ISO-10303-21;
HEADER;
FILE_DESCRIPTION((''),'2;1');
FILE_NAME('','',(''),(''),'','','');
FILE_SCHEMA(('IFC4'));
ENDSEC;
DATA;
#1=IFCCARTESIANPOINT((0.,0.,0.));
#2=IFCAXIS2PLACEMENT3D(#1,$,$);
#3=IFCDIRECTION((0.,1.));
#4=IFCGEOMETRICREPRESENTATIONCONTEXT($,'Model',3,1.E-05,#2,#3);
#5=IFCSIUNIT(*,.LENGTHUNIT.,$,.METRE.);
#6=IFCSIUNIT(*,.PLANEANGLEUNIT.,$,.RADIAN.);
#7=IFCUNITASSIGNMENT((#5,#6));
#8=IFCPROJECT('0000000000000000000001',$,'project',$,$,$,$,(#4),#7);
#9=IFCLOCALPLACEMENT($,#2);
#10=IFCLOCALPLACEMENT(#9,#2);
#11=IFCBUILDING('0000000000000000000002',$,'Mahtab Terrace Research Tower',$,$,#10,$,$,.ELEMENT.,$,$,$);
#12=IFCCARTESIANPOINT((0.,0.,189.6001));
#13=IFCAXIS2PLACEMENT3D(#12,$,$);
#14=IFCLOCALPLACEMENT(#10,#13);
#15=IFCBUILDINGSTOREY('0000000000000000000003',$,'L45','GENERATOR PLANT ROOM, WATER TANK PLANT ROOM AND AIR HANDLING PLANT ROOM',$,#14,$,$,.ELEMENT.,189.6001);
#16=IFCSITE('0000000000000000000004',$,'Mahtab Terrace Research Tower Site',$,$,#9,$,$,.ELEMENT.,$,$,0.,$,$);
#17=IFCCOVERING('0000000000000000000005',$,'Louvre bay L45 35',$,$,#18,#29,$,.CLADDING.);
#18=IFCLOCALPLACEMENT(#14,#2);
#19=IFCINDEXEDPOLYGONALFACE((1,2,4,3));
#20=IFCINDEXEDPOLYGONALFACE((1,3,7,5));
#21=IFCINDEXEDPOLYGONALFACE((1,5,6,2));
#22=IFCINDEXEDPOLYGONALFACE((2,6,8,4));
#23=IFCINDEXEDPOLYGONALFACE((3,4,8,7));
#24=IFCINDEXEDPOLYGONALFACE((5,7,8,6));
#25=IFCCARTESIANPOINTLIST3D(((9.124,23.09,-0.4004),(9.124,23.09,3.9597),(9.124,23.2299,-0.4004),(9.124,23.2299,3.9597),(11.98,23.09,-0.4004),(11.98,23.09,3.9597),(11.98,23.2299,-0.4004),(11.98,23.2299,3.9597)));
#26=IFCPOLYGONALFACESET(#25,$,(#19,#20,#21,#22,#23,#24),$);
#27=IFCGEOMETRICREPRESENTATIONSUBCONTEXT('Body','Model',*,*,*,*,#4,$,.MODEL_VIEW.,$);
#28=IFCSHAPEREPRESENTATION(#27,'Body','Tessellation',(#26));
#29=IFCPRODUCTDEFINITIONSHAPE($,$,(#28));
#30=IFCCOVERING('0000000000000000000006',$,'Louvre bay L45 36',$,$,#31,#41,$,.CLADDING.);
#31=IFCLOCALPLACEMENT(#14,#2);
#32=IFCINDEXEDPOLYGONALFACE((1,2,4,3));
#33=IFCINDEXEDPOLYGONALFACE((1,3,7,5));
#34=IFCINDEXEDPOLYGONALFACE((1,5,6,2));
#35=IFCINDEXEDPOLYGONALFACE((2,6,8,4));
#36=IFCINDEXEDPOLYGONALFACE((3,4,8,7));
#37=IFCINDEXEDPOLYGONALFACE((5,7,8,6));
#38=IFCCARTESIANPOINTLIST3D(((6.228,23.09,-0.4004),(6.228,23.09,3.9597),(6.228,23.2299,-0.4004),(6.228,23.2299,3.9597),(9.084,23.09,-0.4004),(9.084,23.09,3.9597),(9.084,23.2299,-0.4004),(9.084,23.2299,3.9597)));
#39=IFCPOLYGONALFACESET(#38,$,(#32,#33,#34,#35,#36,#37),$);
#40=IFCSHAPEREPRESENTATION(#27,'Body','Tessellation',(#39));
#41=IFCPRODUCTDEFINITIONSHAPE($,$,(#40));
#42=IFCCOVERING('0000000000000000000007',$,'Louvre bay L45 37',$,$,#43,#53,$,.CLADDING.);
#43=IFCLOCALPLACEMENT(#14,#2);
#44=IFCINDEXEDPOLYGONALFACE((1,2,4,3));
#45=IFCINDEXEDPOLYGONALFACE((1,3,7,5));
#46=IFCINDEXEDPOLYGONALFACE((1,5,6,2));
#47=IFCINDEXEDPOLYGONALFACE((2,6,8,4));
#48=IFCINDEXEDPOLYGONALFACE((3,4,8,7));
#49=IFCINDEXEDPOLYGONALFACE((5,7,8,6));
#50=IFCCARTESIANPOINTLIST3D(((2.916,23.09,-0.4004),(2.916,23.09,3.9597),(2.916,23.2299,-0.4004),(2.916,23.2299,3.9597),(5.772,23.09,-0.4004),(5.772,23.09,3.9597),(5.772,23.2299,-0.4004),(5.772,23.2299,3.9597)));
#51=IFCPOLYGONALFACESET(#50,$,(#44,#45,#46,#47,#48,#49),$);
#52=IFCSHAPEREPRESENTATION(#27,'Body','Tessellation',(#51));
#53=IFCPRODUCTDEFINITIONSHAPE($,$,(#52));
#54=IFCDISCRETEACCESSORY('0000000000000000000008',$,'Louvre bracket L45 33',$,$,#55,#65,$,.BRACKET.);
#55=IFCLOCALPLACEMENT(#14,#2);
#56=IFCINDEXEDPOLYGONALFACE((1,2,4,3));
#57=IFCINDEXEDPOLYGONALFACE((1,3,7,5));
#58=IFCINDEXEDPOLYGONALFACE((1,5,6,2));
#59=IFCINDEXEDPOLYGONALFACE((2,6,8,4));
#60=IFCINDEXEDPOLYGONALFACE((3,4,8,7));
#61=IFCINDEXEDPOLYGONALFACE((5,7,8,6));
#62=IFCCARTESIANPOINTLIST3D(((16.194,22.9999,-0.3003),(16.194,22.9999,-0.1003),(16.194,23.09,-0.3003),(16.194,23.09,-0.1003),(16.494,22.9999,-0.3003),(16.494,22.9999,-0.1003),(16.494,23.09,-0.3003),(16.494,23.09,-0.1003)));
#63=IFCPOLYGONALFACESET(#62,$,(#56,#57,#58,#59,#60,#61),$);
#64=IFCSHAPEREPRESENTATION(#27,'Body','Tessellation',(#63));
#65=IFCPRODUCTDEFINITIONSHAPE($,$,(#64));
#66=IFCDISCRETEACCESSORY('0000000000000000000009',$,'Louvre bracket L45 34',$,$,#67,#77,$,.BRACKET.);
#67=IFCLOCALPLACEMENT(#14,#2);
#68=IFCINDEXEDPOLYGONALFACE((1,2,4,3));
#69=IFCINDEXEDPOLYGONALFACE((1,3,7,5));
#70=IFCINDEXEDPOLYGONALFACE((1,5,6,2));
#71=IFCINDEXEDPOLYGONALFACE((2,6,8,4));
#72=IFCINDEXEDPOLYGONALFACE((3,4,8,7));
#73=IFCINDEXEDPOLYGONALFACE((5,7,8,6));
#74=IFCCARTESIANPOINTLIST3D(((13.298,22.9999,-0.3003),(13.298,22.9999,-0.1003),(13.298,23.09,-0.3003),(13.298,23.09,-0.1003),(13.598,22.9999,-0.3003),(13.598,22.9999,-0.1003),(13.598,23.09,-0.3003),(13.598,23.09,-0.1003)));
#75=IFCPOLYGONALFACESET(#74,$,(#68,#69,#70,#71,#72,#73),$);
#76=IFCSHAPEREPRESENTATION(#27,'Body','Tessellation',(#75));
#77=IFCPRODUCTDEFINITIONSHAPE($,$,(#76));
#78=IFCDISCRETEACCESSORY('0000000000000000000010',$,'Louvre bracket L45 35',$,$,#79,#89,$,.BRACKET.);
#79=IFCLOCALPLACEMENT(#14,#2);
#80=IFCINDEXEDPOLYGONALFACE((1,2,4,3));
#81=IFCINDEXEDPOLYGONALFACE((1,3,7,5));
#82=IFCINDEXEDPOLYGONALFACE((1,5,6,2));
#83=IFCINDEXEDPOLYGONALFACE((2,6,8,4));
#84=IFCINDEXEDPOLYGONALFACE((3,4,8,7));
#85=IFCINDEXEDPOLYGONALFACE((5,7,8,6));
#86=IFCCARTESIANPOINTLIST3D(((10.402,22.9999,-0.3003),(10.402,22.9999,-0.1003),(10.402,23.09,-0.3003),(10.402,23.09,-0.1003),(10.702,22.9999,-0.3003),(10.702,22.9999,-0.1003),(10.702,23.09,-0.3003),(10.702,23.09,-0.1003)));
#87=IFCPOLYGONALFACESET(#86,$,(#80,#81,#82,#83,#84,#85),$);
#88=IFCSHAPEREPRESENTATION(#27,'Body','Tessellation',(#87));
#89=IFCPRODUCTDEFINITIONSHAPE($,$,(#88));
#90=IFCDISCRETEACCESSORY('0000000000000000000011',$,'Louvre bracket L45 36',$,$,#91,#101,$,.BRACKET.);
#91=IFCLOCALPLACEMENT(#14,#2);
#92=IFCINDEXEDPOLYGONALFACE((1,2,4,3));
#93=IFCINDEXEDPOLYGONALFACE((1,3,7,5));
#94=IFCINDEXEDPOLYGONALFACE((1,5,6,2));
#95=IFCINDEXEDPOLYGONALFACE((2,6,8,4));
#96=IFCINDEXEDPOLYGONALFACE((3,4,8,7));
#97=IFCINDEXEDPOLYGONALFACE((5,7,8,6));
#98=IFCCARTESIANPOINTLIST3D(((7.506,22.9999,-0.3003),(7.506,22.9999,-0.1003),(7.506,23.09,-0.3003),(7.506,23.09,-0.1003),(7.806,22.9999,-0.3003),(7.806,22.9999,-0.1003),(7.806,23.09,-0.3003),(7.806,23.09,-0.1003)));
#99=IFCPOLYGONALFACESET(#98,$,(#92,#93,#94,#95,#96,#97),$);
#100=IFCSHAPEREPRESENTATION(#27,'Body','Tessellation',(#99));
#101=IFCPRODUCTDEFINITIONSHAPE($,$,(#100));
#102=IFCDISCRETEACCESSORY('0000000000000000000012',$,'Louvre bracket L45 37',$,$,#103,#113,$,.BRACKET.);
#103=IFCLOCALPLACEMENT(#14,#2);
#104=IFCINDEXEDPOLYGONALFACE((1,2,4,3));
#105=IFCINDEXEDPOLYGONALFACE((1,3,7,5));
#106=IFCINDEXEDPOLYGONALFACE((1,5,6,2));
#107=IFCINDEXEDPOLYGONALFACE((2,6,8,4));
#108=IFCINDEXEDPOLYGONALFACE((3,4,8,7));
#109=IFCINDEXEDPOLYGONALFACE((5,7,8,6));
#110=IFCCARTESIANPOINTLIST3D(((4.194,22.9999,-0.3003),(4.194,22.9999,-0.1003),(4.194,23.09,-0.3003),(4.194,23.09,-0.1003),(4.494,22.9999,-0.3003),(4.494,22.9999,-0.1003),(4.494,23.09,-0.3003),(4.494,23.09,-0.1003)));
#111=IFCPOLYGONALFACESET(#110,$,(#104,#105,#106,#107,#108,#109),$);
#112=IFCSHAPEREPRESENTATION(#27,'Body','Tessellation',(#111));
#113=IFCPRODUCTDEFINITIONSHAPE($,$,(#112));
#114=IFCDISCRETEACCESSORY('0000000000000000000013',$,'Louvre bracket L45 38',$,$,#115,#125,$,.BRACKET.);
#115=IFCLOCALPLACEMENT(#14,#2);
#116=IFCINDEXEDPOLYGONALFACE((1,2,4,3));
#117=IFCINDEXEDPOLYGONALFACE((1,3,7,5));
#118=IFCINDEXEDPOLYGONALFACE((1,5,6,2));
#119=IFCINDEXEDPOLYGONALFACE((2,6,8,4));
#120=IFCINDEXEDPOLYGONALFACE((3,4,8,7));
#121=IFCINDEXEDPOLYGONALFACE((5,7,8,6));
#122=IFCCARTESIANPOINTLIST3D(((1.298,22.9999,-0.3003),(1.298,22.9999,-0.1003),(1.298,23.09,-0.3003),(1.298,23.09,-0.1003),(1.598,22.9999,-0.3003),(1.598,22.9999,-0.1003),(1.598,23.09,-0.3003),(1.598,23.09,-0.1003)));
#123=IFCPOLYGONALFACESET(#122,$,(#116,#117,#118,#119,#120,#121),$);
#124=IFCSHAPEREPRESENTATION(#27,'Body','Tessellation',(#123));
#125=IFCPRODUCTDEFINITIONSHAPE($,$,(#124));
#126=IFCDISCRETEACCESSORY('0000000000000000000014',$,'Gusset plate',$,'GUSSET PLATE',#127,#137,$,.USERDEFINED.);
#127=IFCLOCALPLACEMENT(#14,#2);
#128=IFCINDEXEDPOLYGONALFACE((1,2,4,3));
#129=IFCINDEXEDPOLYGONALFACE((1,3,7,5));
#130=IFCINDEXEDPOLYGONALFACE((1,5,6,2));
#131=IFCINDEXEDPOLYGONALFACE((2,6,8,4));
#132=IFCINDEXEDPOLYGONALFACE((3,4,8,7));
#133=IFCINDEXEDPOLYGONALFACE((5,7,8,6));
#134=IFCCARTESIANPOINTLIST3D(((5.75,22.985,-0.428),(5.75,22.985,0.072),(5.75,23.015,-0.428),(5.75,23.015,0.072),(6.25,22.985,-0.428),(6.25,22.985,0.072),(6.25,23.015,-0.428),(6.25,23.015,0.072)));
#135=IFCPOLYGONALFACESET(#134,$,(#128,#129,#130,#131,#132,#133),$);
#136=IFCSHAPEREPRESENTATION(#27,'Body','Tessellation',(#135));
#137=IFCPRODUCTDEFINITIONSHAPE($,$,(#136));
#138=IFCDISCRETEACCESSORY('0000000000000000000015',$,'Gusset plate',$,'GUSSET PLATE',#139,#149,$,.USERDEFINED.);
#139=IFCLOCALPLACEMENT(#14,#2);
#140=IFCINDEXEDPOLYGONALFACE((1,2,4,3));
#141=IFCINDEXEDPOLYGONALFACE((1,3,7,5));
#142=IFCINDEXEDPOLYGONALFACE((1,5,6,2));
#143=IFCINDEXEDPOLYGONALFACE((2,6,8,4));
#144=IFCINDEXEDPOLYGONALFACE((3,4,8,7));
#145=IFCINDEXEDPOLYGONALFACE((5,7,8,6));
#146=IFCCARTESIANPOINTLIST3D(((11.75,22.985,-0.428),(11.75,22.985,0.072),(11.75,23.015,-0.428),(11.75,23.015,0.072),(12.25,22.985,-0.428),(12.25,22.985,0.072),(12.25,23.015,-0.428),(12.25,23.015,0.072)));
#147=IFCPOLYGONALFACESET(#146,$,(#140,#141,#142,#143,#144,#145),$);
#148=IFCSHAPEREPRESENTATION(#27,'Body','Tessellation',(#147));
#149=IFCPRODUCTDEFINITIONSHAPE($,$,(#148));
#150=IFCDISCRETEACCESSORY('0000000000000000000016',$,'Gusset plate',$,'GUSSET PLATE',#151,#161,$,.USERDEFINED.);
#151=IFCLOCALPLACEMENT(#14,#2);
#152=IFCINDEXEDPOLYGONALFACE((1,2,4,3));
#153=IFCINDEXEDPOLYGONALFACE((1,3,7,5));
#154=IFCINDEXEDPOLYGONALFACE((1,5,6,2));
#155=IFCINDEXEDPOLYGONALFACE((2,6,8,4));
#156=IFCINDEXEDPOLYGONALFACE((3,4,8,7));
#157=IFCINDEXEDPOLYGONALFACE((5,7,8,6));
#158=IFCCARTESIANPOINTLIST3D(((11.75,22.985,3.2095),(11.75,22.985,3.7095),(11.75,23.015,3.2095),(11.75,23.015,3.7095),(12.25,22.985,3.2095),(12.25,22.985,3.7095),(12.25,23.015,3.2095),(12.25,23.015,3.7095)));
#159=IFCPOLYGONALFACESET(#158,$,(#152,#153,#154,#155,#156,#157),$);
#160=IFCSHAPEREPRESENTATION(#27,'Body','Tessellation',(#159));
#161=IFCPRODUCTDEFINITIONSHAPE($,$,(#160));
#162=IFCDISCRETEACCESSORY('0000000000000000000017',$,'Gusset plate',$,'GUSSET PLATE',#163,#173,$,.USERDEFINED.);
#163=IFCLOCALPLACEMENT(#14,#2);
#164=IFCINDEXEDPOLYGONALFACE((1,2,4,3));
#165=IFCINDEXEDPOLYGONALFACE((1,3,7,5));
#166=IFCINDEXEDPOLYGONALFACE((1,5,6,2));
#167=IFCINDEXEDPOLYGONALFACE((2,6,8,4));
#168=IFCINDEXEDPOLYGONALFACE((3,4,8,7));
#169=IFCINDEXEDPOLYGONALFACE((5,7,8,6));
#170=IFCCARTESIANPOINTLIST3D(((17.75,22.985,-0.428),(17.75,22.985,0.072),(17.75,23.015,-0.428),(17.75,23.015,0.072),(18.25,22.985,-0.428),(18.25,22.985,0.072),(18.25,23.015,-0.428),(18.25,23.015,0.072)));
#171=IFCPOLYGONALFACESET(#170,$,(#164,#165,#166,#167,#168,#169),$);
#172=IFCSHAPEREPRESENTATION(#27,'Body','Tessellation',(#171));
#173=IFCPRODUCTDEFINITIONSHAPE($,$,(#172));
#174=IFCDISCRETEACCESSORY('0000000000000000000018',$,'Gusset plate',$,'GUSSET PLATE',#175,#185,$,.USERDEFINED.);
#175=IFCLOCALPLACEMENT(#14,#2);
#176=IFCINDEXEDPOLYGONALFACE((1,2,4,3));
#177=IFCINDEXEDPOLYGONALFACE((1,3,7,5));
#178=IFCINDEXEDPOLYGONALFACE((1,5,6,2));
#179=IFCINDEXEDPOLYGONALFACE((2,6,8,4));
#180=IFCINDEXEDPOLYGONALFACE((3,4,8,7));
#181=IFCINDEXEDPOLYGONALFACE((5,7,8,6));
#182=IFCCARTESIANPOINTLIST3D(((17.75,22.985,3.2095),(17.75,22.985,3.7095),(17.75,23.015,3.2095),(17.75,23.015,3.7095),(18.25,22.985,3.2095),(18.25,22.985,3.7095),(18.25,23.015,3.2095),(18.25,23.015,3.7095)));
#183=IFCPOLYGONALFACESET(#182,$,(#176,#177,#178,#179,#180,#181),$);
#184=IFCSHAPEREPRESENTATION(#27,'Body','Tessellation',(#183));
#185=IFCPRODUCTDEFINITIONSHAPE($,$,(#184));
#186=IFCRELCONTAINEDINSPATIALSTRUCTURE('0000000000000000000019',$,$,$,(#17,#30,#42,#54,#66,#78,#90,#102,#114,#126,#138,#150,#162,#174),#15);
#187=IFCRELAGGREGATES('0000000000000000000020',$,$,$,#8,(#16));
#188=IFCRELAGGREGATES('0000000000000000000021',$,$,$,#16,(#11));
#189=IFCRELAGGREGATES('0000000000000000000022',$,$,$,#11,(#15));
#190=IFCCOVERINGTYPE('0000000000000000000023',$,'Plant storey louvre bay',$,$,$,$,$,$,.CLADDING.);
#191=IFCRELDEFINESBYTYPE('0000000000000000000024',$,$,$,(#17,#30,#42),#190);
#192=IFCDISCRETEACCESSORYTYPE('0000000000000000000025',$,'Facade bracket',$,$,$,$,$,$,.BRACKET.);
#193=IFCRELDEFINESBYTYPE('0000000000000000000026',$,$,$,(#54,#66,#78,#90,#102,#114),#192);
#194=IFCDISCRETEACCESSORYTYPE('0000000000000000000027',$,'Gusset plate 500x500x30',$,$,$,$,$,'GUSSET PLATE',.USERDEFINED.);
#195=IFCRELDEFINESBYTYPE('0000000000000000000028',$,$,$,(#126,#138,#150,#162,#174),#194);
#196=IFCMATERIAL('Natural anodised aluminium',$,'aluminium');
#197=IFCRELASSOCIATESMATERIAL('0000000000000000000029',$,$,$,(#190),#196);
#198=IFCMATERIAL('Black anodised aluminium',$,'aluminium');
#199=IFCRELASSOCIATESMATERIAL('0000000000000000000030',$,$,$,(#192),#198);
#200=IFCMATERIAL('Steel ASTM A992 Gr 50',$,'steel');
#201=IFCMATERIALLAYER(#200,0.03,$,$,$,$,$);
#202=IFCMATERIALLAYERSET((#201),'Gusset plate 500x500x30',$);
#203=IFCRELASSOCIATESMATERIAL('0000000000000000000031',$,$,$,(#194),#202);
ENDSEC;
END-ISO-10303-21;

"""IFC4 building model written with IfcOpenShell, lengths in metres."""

from ifc_helpers import new_model, si_unit, direction, frame, origin, origin_2d, place, context, subcontext, project, spatial, rectangle, extrude, material, layer, layer_set, type_object, element, save


model = new_model("IFC4")

# Units and contexts
model_context = context("Model", 3, precision=1e-05, world=origin(), true_north=direction((0.0, 1.0)))
body_context = subcontext(model_context, "Body", "Model", "MODEL_VIEW")
ifc_project = project(units=[si_unit("LENGTHUNIT", "METRE"), si_unit("PLANEANGLEUNIT", "RADIAN")], contexts=[model_context])

# Site, building, storey
site_placement = place(None, origin())
site = spatial("IfcSite", under=ifc_project, at=site_placement, Name="Mahtab Terrace Research Tower Site", CompositionType="ELEMENT", RefElevation=0.0)
building_placement = place(site_placement, origin())
building = spatial("IfcBuilding", under=site, at=building_placement, Name="Mahtab Terrace Research Tower", CompositionType="ELEMENT")
storey_placement = place(building_placement, frame((0.0, 0.0, 189.6001)))
storey = spatial("IfcBuildingStorey", under=building, at=storey_placement, Name="L45", Description="GENERATOR PLANT ROOM, WATER TANK PLANT ROOM AND AIR HANDLING PLANT ROOM", CompositionType="ELEMENT", Elevation=189.6001)

# Shared definitions
ifc_material_1 = material(Name="Steel ASTM A992 Gr 50", Category="steel")

# Coverings
ifc_material_2 = material(Name="Natural anodised aluminium", Category="aluminium")
covering_type = type_object("IfcCoveringType", Name="Plant storey louvre bay", PredefinedType="CLADDING", material=ifc_material_2)
for number, where, z_axis, x_axis, name in (
    (1, (10.552, 23.1599, -0.4004), (0.0, 0.0, 1.0), (-1.0, 0.0, 0.0), "Louvre bay L45 35"),
    (2, (7.656, 23.1599, -0.4004), (0.0, 0.0, 1.0), (-1.0, 0.0, 0.0), "Louvre bay L45 36"),
    (3, (4.344, 23.1599, -0.4004), (0.0, 0.0, 1.0), (-1.0, 0.0, 0.0), "Louvre bay L45 37"),
):
    element("IfcCovering", number, at=place(storey_placement, frame(where, z_axis=z_axis, x_axis=x_axis)), inside=storey, type_object=covering_type, Name=name, PredefinedType="CLADDING", context=body_context, shape_type="SweptSolid", body=[
        extrude(rectangle(XDim=2.856, YDim=0.1399, at=origin_2d()), origin(), (0.0, 0.0, 1.0), 4.3601),
    ])

# Discrete accessories
ifc_material_3 = material(Name="Black anodised aluminium", Category="aluminium")
discrete_accessory_type_1 = type_object("IfcDiscreteAccessoryType", Name="Facade bracket", PredefinedType="BRACKET", material=ifc_material_3)
for number, where, z_axis, x_axis, name in (
    (4, (16.344, 23.0449, -0.3003), (0.0, 0.0, 1.0), (-1.0, 0.0, 0.0), "Louvre bracket L45 33"),
    (5, (13.448, 23.0449, -0.3003), (0.0, 0.0, 1.0), (-1.0, 0.0, 0.0), "Louvre bracket L45 34"),
    (6, (10.552, 23.0449, -0.3003), (0.0, 0.0, 1.0), (-1.0, 0.0, 0.0), "Louvre bracket L45 35"),
    (7, (7.656, 23.0449, -0.3003), (0.0, 0.0, 1.0), (-1.0, 0.0, 0.0), "Louvre bracket L45 36"),
    (8, (4.344, 23.0449, -0.3003), (0.0, 0.0, 1.0), (-1.0, 0.0, 0.0), "Louvre bracket L45 37"),
    (9, (1.448, 23.0449, -0.3003), (0.0, 0.0, 1.0), (-1.0, 0.0, 0.0), "Louvre bracket L45 38"),
):
    element("IfcDiscreteAccessory", number, at=place(storey_placement, frame(where, z_axis=z_axis, x_axis=x_axis)), inside=storey, type_object=discrete_accessory_type_1, Name=name, PredefinedType="BRACKET", context=body_context, shape_type="SweptSolid", body=[
        extrude(rectangle(XDim=0.3, YDim=0.0901, at=origin_2d()), origin(), (0.0, 0.0, 1.0), 0.2),
    ])
ifc_layer = layer(ifc_material_1, 0.03)
ifc_layer_set = layer_set([ifc_layer], Name="Gusset plate 500x500x30")
discrete_accessory_type_2 = type_object("IfcDiscreteAccessoryType", Name="Gusset plate 500x500x30", ElementType="GUSSET PLATE", PredefinedType="USERDEFINED", material=ifc_layer_set)
for number, where, z_axis, x_axis, name in (
    (10, (6.0, 23.0, -0.428), (0.0, 0.0, 1.0), (1.0, 0.0, 0.0), "Gusset plate"),
    (11, (12.0, 23.0, -0.428), (0.0, 0.0, 1.0), (1.0, 0.0, 0.0), "Gusset plate"),
    (12, (12.0, 23.0, 3.2095), (0.0, 0.0, 1.0), (1.0, 0.0, 0.0), "Gusset plate"),
    (13, (18.0, 23.0, -0.428), (0.0, 0.0, 1.0), (1.0, 0.0, 0.0), "Gusset plate"),
    (14, (18.0, 23.0, 3.2095), (0.0, 0.0, 1.0), (1.0, 0.0, 0.0), "Gusset plate"),
):
    element("IfcDiscreteAccessory", number, at=place(storey_placement, frame(where, z_axis=z_axis, x_axis=x_axis)), inside=storey, type_object=discrete_accessory_type_2, Name=name, ObjectType="GUSSET PLATE", PredefinedType="USERDEFINED", context=body_context, shape_type="SweptSolid", body=[
        extrude(rectangle(XDim=0.5, YDim=0.03, at=origin_2d()), origin(), (0.0, 0.0, 1.0), 0.5),
    ])

save(model, "model.ifc")
